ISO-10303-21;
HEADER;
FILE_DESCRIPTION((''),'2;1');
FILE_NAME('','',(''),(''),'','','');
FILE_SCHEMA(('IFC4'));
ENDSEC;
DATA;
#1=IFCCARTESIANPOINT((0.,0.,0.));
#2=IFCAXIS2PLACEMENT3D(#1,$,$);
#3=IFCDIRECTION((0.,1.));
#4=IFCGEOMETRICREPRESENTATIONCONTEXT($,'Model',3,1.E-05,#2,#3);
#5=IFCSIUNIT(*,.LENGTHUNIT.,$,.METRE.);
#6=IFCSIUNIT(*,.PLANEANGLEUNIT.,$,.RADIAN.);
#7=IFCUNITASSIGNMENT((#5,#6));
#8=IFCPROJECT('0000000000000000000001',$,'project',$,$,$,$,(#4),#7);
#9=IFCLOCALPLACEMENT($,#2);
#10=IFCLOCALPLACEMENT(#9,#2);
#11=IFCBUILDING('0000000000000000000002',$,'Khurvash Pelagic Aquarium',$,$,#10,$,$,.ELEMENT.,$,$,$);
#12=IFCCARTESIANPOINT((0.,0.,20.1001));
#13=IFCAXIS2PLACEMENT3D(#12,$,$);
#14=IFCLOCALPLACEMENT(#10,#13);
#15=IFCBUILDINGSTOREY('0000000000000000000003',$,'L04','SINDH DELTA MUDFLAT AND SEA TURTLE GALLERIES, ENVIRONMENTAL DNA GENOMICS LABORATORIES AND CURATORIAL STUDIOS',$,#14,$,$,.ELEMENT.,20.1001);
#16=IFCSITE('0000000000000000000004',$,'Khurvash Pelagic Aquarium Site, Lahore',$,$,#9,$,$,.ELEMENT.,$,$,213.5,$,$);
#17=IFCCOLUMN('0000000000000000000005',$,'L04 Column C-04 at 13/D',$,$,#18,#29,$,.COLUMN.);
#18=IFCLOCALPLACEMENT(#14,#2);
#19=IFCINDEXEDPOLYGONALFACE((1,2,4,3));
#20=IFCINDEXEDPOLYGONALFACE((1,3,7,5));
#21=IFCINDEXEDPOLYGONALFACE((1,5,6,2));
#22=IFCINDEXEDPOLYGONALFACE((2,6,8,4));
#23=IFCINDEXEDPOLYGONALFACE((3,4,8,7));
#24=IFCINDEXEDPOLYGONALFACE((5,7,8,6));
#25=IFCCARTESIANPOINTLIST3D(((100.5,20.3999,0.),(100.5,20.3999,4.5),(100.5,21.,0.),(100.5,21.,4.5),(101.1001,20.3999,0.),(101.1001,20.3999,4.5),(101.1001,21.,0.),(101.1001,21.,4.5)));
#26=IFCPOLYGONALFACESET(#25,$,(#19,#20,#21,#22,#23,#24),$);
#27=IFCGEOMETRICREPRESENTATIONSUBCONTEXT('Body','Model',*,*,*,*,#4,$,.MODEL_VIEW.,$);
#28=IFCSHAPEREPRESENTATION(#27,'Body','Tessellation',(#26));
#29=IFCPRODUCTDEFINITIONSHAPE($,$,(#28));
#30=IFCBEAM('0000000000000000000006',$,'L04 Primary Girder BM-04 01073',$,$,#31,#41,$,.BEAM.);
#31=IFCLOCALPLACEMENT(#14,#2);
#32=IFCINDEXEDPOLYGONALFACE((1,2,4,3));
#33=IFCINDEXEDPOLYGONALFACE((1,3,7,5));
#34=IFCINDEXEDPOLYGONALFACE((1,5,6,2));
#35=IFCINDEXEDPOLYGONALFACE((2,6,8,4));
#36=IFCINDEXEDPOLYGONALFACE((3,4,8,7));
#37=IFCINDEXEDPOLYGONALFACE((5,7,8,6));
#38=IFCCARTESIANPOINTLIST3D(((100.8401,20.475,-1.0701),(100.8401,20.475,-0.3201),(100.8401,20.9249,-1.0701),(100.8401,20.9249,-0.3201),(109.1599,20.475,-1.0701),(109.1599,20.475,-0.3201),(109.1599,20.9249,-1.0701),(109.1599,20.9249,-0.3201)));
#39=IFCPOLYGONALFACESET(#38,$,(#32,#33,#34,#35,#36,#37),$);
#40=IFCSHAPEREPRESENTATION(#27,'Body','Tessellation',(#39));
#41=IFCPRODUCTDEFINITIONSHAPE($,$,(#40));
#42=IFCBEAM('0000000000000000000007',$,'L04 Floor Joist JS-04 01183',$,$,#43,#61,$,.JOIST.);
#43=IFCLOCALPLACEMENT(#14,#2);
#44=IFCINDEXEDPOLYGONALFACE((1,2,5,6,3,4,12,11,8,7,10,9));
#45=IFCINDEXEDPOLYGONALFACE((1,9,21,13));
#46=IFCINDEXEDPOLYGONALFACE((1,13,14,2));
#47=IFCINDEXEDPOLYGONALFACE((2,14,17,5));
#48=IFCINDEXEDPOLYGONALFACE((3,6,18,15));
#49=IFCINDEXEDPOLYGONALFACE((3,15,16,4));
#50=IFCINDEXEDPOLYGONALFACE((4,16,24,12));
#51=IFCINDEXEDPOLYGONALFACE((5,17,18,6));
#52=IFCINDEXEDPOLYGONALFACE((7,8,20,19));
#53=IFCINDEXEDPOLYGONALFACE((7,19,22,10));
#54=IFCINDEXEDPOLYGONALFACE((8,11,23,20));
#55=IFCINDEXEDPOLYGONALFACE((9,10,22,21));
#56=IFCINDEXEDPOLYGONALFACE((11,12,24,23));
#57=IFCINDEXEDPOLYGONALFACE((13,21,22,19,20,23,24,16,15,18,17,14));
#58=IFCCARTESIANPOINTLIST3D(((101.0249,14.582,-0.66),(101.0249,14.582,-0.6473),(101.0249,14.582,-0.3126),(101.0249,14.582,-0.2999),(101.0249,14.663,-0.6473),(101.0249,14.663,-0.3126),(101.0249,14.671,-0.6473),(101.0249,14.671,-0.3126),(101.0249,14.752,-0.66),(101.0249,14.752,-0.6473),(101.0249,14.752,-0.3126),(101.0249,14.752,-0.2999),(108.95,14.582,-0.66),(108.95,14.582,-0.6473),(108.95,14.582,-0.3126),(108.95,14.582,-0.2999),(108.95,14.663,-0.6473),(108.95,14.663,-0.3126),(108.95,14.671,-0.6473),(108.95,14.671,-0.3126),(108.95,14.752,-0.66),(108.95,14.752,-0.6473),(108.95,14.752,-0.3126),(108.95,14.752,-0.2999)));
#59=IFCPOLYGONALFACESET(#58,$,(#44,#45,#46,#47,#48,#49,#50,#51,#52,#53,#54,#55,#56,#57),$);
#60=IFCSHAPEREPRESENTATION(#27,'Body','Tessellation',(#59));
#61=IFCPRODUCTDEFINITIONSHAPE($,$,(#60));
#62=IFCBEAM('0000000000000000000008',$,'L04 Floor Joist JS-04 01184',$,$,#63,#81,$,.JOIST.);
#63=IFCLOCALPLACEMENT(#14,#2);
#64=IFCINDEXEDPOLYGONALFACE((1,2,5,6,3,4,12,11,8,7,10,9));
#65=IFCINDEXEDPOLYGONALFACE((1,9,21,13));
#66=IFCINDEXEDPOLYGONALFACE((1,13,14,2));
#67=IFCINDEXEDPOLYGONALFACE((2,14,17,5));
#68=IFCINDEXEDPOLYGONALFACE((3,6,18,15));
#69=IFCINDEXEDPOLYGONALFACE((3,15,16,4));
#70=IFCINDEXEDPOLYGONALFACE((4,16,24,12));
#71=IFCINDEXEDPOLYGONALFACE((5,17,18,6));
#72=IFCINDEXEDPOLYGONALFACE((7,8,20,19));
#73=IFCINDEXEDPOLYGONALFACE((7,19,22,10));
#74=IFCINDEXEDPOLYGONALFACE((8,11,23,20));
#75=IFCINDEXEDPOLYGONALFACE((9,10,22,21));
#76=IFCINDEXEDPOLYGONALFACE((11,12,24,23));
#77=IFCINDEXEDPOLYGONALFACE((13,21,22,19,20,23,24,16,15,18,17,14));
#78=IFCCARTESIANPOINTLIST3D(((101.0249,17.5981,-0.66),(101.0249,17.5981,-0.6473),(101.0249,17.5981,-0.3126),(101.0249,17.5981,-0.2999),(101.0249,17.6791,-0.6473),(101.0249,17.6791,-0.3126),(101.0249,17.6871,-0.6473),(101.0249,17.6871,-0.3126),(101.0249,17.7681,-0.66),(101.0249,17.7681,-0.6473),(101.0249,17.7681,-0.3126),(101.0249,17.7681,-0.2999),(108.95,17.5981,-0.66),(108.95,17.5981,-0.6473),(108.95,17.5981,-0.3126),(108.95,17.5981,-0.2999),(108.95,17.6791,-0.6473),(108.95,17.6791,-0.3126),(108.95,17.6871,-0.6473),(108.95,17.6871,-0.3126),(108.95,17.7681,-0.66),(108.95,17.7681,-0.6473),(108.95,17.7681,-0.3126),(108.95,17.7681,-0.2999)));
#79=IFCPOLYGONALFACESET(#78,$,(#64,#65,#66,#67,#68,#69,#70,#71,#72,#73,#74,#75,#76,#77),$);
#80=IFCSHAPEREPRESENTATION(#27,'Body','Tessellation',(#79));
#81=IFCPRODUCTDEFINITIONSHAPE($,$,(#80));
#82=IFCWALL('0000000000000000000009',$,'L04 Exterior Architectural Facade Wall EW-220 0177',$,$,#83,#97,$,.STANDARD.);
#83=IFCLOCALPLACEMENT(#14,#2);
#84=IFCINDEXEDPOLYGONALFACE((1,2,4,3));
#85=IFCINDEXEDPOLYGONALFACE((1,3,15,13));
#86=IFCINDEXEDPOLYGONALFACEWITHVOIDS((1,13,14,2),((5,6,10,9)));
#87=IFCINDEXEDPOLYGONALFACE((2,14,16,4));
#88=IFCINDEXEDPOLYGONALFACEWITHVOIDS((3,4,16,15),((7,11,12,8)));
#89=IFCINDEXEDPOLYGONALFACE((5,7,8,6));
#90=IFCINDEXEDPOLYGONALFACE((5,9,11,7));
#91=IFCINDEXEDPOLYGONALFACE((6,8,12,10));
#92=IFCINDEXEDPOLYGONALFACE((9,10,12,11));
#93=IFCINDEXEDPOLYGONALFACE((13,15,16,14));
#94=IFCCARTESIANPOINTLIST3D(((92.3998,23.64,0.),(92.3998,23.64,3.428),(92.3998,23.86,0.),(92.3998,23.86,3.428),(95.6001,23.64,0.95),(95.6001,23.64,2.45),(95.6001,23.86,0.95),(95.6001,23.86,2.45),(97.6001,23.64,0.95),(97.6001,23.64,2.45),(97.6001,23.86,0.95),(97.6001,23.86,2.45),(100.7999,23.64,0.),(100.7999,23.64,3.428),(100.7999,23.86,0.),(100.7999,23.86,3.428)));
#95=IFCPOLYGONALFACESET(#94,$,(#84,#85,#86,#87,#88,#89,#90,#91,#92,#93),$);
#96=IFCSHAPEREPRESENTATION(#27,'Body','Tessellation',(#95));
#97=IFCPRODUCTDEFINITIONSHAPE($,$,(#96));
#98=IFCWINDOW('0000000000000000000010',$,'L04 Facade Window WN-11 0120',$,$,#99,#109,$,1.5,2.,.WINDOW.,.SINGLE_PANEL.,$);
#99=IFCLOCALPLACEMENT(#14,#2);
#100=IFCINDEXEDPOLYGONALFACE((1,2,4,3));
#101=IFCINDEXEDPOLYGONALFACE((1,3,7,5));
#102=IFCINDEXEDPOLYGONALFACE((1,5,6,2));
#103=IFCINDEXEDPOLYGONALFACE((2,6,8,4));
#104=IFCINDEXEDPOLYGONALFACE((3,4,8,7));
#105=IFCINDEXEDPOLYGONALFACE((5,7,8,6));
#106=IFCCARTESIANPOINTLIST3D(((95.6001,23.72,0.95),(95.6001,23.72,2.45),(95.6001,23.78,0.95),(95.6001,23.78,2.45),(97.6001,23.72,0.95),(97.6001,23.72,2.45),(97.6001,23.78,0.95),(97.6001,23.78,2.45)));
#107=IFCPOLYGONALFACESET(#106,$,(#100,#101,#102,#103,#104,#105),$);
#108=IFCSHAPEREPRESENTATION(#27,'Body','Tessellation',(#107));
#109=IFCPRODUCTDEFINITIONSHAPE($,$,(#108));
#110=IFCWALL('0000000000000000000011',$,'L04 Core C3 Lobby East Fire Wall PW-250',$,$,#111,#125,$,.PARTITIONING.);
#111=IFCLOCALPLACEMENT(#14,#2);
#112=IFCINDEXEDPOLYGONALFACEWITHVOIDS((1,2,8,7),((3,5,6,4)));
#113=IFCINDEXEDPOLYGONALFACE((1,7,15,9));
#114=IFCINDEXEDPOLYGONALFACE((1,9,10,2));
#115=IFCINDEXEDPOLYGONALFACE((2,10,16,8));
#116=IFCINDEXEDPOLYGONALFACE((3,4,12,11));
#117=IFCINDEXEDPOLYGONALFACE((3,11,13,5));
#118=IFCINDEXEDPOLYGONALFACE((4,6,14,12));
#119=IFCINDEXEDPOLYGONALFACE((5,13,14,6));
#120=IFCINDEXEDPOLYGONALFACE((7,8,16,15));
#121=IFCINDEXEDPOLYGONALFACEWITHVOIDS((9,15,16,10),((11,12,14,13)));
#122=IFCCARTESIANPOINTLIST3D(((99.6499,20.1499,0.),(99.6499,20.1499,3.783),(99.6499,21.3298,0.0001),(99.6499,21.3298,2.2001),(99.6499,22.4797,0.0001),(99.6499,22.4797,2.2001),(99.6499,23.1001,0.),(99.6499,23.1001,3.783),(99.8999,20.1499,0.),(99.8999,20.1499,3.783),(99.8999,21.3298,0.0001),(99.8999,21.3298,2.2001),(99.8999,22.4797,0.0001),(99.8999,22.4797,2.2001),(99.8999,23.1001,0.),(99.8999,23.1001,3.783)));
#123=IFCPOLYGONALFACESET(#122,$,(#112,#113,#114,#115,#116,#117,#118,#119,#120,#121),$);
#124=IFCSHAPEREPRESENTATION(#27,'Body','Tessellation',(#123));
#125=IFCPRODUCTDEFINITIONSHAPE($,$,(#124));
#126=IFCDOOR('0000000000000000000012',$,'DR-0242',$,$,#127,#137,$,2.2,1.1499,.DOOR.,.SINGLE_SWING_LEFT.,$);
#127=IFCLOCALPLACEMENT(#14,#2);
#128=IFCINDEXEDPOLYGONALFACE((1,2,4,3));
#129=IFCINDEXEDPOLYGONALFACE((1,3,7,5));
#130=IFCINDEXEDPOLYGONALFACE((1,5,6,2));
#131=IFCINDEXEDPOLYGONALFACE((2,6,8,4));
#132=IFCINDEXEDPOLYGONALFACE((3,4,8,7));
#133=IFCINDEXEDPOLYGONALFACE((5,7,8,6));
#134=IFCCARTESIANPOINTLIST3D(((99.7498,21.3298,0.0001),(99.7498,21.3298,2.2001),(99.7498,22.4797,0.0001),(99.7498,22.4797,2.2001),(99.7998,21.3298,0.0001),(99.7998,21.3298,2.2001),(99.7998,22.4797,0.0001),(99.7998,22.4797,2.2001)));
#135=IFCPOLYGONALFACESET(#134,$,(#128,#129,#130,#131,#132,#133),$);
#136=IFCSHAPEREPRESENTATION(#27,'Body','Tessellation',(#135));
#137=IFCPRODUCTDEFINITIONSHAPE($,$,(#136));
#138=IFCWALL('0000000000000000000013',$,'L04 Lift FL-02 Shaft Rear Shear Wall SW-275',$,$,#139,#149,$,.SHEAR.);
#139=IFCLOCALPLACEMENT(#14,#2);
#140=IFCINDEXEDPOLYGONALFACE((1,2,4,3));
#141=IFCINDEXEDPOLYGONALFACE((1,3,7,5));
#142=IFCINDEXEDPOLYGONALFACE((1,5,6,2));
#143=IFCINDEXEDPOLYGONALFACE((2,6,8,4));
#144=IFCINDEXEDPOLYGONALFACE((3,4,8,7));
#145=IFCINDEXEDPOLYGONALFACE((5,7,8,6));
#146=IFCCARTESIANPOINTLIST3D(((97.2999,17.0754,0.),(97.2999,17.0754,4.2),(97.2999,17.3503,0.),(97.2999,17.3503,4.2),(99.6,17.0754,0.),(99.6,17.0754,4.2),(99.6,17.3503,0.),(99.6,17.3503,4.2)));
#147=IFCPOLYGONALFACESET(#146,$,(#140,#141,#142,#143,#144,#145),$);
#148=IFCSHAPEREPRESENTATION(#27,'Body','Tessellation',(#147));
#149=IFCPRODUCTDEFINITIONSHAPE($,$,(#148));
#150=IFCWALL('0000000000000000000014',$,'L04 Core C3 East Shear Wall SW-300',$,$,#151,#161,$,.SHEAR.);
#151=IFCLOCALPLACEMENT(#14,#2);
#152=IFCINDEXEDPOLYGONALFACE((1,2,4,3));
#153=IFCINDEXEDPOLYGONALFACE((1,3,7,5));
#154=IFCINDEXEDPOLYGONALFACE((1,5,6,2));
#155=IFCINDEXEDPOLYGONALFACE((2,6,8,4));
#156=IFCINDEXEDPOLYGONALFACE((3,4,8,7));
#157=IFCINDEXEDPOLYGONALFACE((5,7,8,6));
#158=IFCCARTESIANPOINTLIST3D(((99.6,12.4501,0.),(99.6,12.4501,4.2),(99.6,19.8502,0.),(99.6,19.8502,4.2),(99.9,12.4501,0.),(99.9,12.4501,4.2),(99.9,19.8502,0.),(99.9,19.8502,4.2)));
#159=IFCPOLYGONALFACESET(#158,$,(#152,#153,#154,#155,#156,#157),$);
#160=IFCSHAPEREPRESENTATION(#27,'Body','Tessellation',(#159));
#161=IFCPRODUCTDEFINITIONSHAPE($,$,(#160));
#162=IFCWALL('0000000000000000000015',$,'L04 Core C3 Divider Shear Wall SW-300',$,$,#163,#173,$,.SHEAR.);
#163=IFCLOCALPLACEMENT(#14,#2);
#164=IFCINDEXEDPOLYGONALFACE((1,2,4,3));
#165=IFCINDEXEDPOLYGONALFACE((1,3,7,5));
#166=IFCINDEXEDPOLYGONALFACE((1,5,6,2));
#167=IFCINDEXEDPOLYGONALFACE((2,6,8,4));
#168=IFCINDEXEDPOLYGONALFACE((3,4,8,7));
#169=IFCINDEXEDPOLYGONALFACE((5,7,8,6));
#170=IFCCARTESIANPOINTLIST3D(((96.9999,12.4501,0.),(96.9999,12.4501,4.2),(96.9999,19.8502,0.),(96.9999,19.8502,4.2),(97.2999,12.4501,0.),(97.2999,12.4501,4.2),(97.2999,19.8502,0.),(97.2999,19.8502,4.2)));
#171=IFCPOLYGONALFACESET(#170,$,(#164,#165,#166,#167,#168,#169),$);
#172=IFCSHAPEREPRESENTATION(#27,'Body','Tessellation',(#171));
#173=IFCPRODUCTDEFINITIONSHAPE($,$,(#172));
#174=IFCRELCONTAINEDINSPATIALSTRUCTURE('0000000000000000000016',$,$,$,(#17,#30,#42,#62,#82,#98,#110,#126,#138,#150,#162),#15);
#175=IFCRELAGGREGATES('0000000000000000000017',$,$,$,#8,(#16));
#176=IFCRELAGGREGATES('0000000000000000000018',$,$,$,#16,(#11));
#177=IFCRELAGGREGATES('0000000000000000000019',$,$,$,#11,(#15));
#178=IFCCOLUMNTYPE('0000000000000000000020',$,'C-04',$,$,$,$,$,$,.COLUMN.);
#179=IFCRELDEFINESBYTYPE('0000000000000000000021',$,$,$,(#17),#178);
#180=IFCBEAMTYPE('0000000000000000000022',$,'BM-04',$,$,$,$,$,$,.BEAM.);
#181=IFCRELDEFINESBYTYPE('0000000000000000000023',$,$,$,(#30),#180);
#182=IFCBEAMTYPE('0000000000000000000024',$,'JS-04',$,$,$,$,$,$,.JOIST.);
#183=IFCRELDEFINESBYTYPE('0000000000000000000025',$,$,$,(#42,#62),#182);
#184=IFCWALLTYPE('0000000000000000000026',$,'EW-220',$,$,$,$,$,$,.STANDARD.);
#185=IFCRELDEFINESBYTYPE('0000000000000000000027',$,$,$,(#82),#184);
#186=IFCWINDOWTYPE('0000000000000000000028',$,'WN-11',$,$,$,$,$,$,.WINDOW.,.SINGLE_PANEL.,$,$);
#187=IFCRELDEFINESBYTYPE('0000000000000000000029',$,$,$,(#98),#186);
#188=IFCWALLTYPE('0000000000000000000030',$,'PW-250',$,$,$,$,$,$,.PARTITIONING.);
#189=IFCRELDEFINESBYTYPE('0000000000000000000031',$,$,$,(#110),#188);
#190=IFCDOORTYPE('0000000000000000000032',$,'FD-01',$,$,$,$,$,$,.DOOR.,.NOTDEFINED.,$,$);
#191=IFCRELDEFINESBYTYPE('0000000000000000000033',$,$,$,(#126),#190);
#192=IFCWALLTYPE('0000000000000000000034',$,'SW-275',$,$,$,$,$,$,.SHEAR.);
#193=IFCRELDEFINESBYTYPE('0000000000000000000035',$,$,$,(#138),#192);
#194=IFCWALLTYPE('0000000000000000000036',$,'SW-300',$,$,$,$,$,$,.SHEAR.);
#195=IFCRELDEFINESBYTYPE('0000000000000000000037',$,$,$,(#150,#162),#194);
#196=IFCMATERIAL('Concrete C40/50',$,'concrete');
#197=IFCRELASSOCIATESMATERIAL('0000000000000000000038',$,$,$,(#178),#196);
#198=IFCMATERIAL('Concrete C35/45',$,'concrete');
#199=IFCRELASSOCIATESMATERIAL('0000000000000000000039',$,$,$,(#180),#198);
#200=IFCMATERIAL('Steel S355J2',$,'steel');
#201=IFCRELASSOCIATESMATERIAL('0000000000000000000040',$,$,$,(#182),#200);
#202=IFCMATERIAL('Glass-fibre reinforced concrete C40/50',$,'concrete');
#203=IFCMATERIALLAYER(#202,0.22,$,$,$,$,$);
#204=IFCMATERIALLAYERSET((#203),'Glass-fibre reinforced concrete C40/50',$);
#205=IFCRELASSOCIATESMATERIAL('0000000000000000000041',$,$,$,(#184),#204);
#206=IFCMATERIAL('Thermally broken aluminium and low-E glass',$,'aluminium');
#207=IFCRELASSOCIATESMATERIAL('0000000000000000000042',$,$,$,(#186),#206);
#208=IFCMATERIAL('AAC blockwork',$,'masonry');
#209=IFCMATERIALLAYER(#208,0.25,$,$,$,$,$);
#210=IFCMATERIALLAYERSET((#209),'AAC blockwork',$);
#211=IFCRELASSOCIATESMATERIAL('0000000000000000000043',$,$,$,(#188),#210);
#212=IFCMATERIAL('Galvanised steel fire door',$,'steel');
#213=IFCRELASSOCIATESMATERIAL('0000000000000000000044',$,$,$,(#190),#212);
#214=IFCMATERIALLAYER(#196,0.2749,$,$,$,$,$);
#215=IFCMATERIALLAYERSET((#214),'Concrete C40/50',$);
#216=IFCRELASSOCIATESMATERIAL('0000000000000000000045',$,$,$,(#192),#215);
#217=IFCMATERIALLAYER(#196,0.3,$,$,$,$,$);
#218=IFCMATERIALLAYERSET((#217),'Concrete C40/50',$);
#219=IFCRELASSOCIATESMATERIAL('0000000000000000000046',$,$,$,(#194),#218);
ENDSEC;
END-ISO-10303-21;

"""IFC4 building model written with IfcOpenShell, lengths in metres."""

from ifc_helpers import new_model, si_unit, direction, frame, frame_2d, origin, origin_2d, place, context, subcontext, project, spatial, rectangle, i_section, extrude, material, layer, layer_set, material_profile, profile_set, type_object, element, fill, save


model = new_model("IFC4")

# Units and contexts
model_context = context("Model", 3, precision=1e-05, world=origin(), true_north=direction((0.0, 1.0)))
body_context = subcontext(model_context, "Body", "Model", "MODEL_VIEW")
ifc_project = project(units=[si_unit("LENGTHUNIT", "METRE"), si_unit("PLANEANGLEUNIT", "RADIAN")], contexts=[model_context])

# Site, building, storey
site_placement = place(None, origin())
site = spatial("IfcSite", under=ifc_project, at=site_placement, Name="Khurvash Pelagic Aquarium Site, Lahore", CompositionType="ELEMENT", RefElevation=213.5)
building_placement = place(site_placement, origin())
building = spatial("IfcBuilding", under=site, at=building_placement, Name="Khurvash Pelagic Aquarium", CompositionType="ELEMENT")
storey_placement = place(building_placement, frame((0.0, 0.0, 20.1001)))
storey = spatial("IfcBuildingStorey", under=building, at=storey_placement, Name="L04", Description="SINDH DELTA MUDFLAT AND SEA TURTLE GALLERIES, ENVIRONMENTAL DNA GENOMICS LABORATORIES AND CURATORIAL STUDIOS", CompositionType="ELEMENT", Elevation=20.1001)

# Column
ifc_material_1 = material(Name="Concrete C40/50", Category="concrete")
ifc_material_profile_1 = material_profile(ifc_material_1, rectangle(XDim=0.6001, YDim=0.6001, at=origin_2d()), Name="RC600X600")
ifc_profile_set_1 = profile_set([ifc_material_profile_1], Name="Concrete C40/50")
column_type = type_object("IfcColumnType", Name="C-04", PredefinedType="COLUMN", material=ifc_profile_set_1)
column_placement = place(storey_placement, frame((100.8, 20.7, 0.0), z_axis=(0.0, 0.0, 1.0), x_axis=(1.0, 0.0, 0.0)))
element("IfcColumn", 1, at=column_placement, inside=storey, type_object=column_type, Name="L04 Column C-04 at 13/D", PredefinedType="COLUMN", context=body_context, shape_type="SweptSolid", body=[
    extrude(rectangle(XDim=0.6001, YDim=0.6001, at=origin_2d()), origin(), (0.0, 0.0, 1.0), 4.5),
])

# Beams
ifc_material_2 = material(Name="Concrete C35/45", Category="concrete")
ifc_material_profile_2 = material_profile(ifc_material_2, rectangle(XDim=0.45, YDim=0.75, at=origin_2d()), Name="RC450X750")
ifc_profile_set_2 = profile_set([ifc_material_profile_2], Name="Concrete C35/45")
beam_type_1 = type_object("IfcBeamType", Name="BM-04", PredefinedType="BEAM", material=ifc_profile_set_2)
beam_placement = place(storey_placement, frame((100.8401, 20.7, -0.6951), z_axis=(1.0, 0.0, 0.0), x_axis=(0.0, 1.0, 0.0)))
element("IfcBeam", 2, at=beam_placement, inside=storey, type_object=beam_type_1, Name="L04 Primary Girder BM-04 01073", PredefinedType="BEAM", context=body_context, shape_type="SweptSolid", body=[
    extrude(rectangle(XDim=0.45, YDim=0.75, at=origin_2d()), origin(), (0.0, 0.0, 1.0), 8.3198),
])
ifc_material_3 = material(Name="Steel S355J2", Category="steel")
ifc_material_profile_3 = material_profile(ifc_material_3, i_section(OverallWidth=0.1699, OverallDepth=0.3601, WebThickness=0.0081, FlangeThickness=0.0127, at=origin_2d()), Name="IPE360")
ifc_profile_set_3 = profile_set([ifc_material_profile_3], Name="Steel S355J2")
beam_type_2 = type_object("IfcBeamType", Name="JS-04", PredefinedType="JOIST", material=ifc_profile_set_3)
for number, where, z_axis, x_axis, name in (
    (3, (101.0249, 14.667, -0.48), (1.0, 0.0, 0.0), (0.0, 1.0, 0.0), "L04 Floor Joist JS-04 01183"),
    (4, (101.0249, 17.6831, -0.48), (1.0, 0.0, 0.0), (0.0, 1.0, 0.0), "L04 Floor Joist JS-04 01184"),
):
    element("IfcBeam", number, at=place(storey_placement, frame(where, z_axis=z_axis, x_axis=x_axis)), inside=storey, type_object=beam_type_2, Name=name, PredefinedType="JOIST", context=body_context, shape_type="SweptSolid", body=[
        extrude(i_section(OverallWidth=0.1699, OverallDepth=0.3601, WebThickness=0.0081, FlangeThickness=0.0127, at=origin_2d()), origin(), (0.0, 0.0, 1.0), 7.925),
    ])

# Wall, opening, window
ifc_material_4 = material(Name="Glass-fibre reinforced concrete C40/50", Category="concrete")
ifc_layer_1 = layer(ifc_material_4, 0.22)
ifc_layer_set_1 = layer_set([ifc_layer_1], Name="Glass-fibre reinforced concrete C40/50")
wall_type_1 = type_object("IfcWallType", Name="EW-220", PredefinedType="STANDARD", material=ifc_layer_set_1)
wall_1_placement = place(storey_placement, frame((100.8, 23.75, 0.0), z_axis=(0.0, 0.0, 1.0), x_axis=(-1.0, 0.0, 0.0)))
wall_1 = element("IfcWall", 5, at=wall_1_placement, inside=storey, type_object=wall_type_1, Name="L04 Exterior Architectural Facade Wall EW-220 0177", PredefinedType="STANDARD", context=body_context, shape_type="SweptSolid", body=[
    extrude(rectangle(XDim=8.4001, YDim=0.22, at=frame_2d((4.2002, 0.0))), origin(), (0.0, 0.0, 1.0), 3.428),
])
opening_1_placement = place(wall_1_placement, frame((3.2, 0.0, 0.95)))
opening_1 = element("IfcOpeningElement", 6, at=opening_1_placement, cuts=wall_1, PredefinedType="OPENING", context=body_context, shape_type="SweptSolid", body=[
    extrude(rectangle(XDim=2.0, YDim=1.5, at=frame_2d((1.0, 0.75))), frame((0.0, 0.1201, 0.0), z_axis=(0.0, -1.0, 0.0), x_axis=(1.0, 0.0, 0.0)), (0.0, 0.0, 1.0), 0.24),
])
ifc_material_5 = material(Name="Thermally broken aluminium and low-E glass", Category="aluminium")
window_type = type_object("IfcWindowType", Name="WN-11", PartitioningType="SINGLE_PANEL", PredefinedType="WINDOW", material=ifc_material_5)
window_placement = place(opening_1_placement, origin())
window = element("IfcWindow", 7, at=window_placement, inside=storey, type_object=window_type, Name="L04 Facade Window WN-11 0120", OverallHeight=1.5, OverallWidth=2.0, PartitioningType="SINGLE_PANEL", PredefinedType="WINDOW", context=body_context, shape_type="SweptSolid", body=[
    extrude(rectangle(XDim=2.0, YDim=1.5, at=frame_2d((1.0, 0.75))), frame((0.0, 0.03, 0.0), z_axis=(0.0, -1.0, 0.0), x_axis=(1.0, 0.0, 0.0)), (0.0, 0.0, 1.0), 0.0601),
])
fill(opening_1, window)

# Wall, opening, door
ifc_material_6 = material(Name="AAC blockwork", Category="masonry")
ifc_layer_2 = layer(ifc_material_6, 0.25)
ifc_layer_set_2 = layer_set([ifc_layer_2], Name="AAC blockwork")
wall_type_2 = type_object("IfcWallType", Name="PW-250", PredefinedType="PARTITIONING", material=ifc_layer_set_2)
wall_2_placement = place(storey_placement, frame((99.7749, 20.1499, 0.0), z_axis=(0.0, 0.0, 1.0), x_axis=(0.0, 1.0, 0.0)))
wall_2 = element("IfcWall", 8, at=wall_2_placement, inside=storey, type_object=wall_type_2, Name="L04 Core C3 Lobby East Fire Wall PW-250", PredefinedType="PARTITIONING", context=body_context, shape_type="SweptSolid", body=[
    extrude(rectangle(XDim=2.9502, YDim=0.25, at=frame_2d((1.4751, 0.0))), origin(), (0.0, 0.0, 1.0), 3.783),
])
opening_2_placement = place(wall_2_placement, frame((1.1799, 0.0, 0.0)))
opening_2 = element("IfcOpeningElement", 9, at=opening_2_placement, cuts=wall_2, PredefinedType="OPENING", context=body_context, shape_type="SweptSolid", body=[
    extrude(rectangle(XDim=1.1499, YDim=2.2, at=frame_2d((0.575, 1.1001))), frame((0.0, 0.135, 0.0), z_axis=(0.0, -1.0, 0.0), x_axis=(1.0, 0.0, 0.0)), (0.0, 0.0, 1.0), 0.27),
])
ifc_material_7 = material(Name="Galvanised steel fire door", Category="steel")
door_type = type_object("IfcDoorType", Name="FD-01", OperationType="NOTDEFINED", PredefinedType="DOOR", material=ifc_material_7)
door_placement = place(opening_2_placement, frame((1.1499, 0.0, 0.0), z_axis=(0.0, 0.0, 1.0), x_axis=(-1.0, 0.0, 0.0)))
door = element("IfcDoor", 10, at=door_placement, inside=storey, type_object=door_type, Name="DR-0242", OperationType="SINGLE_SWING_LEFT", OverallHeight=2.2, OverallWidth=1.1499, PredefinedType="DOOR", context=body_context, shape_type="SweptSolid", body=[
    extrude(rectangle(XDim=1.1499, YDim=2.2, at=frame_2d((0.575, 1.1001))), frame((0.0, 0.0249, 0.0), z_axis=(0.0, -1.0, 0.0), x_axis=(1.0, 0.0, 0.0)), (0.0, 0.0, 1.0), 0.05),
])
fill(opening_2, door)

# Walls
ifc_layer_3 = layer(ifc_material_1, 0.2749)
ifc_layer_set_3 = layer_set([ifc_layer_3], Name="Concrete C40/50")
wall_type_3 = type_object("IfcWallType", Name="SW-275", PredefinedType="SHEAR", material=ifc_layer_set_3)
wall_3_placement = place(storey_placement, frame((97.3, 17.2129, 0.0), z_axis=(0.0, 0.0, 1.0), x_axis=(1.0, 0.0, 0.0)))
element("IfcWall", 11, at=wall_3_placement, inside=storey, type_object=wall_type_3, Name="L04 Lift FL-02 Shaft Rear Shear Wall SW-275", PredefinedType="SHEAR", context=body_context, shape_type="SweptSolid", body=[
    extrude(rectangle(XDim=2.3, YDim=0.2749, at=frame_2d((1.1499, 0.0))), origin(), (0.0, 0.0, 1.0), 4.2),
])
ifc_layer_4 = layer(ifc_material_1, 0.3)
ifc_layer_set_4 = layer_set([ifc_layer_4], Name="Concrete C40/50")
wall_type_4 = type_object("IfcWallType", Name="SW-300", PredefinedType="SHEAR", material=ifc_layer_set_4)
for number, where, z_axis, x_axis, name in (
    (12, (99.75, 12.45, 0.0), (0.0, 0.0, 1.0), (0.0, 1.0, 0.0), "L04 Core C3 East Shear Wall SW-300"),
    (13, (97.1499, 12.45, 0.0), (0.0, 0.0, 1.0), (0.0, 1.0, 0.0), "L04 Core C3 Divider Shear Wall SW-300"),
):
    element("IfcWall", number, at=place(storey_placement, frame(where, z_axis=z_axis, x_axis=x_axis)), inside=storey, type_object=wall_type_4, Name=name, PredefinedType="SHEAR", context=body_context, shape_type="SweptSolid", body=[
        extrude(rectangle(XDim=7.4001, YDim=0.3, at=frame_2d((3.7002, 0.0))), origin(), (0.0, 0.0, 1.0), 4.2),
    ])

save(model, "model.ifc")
